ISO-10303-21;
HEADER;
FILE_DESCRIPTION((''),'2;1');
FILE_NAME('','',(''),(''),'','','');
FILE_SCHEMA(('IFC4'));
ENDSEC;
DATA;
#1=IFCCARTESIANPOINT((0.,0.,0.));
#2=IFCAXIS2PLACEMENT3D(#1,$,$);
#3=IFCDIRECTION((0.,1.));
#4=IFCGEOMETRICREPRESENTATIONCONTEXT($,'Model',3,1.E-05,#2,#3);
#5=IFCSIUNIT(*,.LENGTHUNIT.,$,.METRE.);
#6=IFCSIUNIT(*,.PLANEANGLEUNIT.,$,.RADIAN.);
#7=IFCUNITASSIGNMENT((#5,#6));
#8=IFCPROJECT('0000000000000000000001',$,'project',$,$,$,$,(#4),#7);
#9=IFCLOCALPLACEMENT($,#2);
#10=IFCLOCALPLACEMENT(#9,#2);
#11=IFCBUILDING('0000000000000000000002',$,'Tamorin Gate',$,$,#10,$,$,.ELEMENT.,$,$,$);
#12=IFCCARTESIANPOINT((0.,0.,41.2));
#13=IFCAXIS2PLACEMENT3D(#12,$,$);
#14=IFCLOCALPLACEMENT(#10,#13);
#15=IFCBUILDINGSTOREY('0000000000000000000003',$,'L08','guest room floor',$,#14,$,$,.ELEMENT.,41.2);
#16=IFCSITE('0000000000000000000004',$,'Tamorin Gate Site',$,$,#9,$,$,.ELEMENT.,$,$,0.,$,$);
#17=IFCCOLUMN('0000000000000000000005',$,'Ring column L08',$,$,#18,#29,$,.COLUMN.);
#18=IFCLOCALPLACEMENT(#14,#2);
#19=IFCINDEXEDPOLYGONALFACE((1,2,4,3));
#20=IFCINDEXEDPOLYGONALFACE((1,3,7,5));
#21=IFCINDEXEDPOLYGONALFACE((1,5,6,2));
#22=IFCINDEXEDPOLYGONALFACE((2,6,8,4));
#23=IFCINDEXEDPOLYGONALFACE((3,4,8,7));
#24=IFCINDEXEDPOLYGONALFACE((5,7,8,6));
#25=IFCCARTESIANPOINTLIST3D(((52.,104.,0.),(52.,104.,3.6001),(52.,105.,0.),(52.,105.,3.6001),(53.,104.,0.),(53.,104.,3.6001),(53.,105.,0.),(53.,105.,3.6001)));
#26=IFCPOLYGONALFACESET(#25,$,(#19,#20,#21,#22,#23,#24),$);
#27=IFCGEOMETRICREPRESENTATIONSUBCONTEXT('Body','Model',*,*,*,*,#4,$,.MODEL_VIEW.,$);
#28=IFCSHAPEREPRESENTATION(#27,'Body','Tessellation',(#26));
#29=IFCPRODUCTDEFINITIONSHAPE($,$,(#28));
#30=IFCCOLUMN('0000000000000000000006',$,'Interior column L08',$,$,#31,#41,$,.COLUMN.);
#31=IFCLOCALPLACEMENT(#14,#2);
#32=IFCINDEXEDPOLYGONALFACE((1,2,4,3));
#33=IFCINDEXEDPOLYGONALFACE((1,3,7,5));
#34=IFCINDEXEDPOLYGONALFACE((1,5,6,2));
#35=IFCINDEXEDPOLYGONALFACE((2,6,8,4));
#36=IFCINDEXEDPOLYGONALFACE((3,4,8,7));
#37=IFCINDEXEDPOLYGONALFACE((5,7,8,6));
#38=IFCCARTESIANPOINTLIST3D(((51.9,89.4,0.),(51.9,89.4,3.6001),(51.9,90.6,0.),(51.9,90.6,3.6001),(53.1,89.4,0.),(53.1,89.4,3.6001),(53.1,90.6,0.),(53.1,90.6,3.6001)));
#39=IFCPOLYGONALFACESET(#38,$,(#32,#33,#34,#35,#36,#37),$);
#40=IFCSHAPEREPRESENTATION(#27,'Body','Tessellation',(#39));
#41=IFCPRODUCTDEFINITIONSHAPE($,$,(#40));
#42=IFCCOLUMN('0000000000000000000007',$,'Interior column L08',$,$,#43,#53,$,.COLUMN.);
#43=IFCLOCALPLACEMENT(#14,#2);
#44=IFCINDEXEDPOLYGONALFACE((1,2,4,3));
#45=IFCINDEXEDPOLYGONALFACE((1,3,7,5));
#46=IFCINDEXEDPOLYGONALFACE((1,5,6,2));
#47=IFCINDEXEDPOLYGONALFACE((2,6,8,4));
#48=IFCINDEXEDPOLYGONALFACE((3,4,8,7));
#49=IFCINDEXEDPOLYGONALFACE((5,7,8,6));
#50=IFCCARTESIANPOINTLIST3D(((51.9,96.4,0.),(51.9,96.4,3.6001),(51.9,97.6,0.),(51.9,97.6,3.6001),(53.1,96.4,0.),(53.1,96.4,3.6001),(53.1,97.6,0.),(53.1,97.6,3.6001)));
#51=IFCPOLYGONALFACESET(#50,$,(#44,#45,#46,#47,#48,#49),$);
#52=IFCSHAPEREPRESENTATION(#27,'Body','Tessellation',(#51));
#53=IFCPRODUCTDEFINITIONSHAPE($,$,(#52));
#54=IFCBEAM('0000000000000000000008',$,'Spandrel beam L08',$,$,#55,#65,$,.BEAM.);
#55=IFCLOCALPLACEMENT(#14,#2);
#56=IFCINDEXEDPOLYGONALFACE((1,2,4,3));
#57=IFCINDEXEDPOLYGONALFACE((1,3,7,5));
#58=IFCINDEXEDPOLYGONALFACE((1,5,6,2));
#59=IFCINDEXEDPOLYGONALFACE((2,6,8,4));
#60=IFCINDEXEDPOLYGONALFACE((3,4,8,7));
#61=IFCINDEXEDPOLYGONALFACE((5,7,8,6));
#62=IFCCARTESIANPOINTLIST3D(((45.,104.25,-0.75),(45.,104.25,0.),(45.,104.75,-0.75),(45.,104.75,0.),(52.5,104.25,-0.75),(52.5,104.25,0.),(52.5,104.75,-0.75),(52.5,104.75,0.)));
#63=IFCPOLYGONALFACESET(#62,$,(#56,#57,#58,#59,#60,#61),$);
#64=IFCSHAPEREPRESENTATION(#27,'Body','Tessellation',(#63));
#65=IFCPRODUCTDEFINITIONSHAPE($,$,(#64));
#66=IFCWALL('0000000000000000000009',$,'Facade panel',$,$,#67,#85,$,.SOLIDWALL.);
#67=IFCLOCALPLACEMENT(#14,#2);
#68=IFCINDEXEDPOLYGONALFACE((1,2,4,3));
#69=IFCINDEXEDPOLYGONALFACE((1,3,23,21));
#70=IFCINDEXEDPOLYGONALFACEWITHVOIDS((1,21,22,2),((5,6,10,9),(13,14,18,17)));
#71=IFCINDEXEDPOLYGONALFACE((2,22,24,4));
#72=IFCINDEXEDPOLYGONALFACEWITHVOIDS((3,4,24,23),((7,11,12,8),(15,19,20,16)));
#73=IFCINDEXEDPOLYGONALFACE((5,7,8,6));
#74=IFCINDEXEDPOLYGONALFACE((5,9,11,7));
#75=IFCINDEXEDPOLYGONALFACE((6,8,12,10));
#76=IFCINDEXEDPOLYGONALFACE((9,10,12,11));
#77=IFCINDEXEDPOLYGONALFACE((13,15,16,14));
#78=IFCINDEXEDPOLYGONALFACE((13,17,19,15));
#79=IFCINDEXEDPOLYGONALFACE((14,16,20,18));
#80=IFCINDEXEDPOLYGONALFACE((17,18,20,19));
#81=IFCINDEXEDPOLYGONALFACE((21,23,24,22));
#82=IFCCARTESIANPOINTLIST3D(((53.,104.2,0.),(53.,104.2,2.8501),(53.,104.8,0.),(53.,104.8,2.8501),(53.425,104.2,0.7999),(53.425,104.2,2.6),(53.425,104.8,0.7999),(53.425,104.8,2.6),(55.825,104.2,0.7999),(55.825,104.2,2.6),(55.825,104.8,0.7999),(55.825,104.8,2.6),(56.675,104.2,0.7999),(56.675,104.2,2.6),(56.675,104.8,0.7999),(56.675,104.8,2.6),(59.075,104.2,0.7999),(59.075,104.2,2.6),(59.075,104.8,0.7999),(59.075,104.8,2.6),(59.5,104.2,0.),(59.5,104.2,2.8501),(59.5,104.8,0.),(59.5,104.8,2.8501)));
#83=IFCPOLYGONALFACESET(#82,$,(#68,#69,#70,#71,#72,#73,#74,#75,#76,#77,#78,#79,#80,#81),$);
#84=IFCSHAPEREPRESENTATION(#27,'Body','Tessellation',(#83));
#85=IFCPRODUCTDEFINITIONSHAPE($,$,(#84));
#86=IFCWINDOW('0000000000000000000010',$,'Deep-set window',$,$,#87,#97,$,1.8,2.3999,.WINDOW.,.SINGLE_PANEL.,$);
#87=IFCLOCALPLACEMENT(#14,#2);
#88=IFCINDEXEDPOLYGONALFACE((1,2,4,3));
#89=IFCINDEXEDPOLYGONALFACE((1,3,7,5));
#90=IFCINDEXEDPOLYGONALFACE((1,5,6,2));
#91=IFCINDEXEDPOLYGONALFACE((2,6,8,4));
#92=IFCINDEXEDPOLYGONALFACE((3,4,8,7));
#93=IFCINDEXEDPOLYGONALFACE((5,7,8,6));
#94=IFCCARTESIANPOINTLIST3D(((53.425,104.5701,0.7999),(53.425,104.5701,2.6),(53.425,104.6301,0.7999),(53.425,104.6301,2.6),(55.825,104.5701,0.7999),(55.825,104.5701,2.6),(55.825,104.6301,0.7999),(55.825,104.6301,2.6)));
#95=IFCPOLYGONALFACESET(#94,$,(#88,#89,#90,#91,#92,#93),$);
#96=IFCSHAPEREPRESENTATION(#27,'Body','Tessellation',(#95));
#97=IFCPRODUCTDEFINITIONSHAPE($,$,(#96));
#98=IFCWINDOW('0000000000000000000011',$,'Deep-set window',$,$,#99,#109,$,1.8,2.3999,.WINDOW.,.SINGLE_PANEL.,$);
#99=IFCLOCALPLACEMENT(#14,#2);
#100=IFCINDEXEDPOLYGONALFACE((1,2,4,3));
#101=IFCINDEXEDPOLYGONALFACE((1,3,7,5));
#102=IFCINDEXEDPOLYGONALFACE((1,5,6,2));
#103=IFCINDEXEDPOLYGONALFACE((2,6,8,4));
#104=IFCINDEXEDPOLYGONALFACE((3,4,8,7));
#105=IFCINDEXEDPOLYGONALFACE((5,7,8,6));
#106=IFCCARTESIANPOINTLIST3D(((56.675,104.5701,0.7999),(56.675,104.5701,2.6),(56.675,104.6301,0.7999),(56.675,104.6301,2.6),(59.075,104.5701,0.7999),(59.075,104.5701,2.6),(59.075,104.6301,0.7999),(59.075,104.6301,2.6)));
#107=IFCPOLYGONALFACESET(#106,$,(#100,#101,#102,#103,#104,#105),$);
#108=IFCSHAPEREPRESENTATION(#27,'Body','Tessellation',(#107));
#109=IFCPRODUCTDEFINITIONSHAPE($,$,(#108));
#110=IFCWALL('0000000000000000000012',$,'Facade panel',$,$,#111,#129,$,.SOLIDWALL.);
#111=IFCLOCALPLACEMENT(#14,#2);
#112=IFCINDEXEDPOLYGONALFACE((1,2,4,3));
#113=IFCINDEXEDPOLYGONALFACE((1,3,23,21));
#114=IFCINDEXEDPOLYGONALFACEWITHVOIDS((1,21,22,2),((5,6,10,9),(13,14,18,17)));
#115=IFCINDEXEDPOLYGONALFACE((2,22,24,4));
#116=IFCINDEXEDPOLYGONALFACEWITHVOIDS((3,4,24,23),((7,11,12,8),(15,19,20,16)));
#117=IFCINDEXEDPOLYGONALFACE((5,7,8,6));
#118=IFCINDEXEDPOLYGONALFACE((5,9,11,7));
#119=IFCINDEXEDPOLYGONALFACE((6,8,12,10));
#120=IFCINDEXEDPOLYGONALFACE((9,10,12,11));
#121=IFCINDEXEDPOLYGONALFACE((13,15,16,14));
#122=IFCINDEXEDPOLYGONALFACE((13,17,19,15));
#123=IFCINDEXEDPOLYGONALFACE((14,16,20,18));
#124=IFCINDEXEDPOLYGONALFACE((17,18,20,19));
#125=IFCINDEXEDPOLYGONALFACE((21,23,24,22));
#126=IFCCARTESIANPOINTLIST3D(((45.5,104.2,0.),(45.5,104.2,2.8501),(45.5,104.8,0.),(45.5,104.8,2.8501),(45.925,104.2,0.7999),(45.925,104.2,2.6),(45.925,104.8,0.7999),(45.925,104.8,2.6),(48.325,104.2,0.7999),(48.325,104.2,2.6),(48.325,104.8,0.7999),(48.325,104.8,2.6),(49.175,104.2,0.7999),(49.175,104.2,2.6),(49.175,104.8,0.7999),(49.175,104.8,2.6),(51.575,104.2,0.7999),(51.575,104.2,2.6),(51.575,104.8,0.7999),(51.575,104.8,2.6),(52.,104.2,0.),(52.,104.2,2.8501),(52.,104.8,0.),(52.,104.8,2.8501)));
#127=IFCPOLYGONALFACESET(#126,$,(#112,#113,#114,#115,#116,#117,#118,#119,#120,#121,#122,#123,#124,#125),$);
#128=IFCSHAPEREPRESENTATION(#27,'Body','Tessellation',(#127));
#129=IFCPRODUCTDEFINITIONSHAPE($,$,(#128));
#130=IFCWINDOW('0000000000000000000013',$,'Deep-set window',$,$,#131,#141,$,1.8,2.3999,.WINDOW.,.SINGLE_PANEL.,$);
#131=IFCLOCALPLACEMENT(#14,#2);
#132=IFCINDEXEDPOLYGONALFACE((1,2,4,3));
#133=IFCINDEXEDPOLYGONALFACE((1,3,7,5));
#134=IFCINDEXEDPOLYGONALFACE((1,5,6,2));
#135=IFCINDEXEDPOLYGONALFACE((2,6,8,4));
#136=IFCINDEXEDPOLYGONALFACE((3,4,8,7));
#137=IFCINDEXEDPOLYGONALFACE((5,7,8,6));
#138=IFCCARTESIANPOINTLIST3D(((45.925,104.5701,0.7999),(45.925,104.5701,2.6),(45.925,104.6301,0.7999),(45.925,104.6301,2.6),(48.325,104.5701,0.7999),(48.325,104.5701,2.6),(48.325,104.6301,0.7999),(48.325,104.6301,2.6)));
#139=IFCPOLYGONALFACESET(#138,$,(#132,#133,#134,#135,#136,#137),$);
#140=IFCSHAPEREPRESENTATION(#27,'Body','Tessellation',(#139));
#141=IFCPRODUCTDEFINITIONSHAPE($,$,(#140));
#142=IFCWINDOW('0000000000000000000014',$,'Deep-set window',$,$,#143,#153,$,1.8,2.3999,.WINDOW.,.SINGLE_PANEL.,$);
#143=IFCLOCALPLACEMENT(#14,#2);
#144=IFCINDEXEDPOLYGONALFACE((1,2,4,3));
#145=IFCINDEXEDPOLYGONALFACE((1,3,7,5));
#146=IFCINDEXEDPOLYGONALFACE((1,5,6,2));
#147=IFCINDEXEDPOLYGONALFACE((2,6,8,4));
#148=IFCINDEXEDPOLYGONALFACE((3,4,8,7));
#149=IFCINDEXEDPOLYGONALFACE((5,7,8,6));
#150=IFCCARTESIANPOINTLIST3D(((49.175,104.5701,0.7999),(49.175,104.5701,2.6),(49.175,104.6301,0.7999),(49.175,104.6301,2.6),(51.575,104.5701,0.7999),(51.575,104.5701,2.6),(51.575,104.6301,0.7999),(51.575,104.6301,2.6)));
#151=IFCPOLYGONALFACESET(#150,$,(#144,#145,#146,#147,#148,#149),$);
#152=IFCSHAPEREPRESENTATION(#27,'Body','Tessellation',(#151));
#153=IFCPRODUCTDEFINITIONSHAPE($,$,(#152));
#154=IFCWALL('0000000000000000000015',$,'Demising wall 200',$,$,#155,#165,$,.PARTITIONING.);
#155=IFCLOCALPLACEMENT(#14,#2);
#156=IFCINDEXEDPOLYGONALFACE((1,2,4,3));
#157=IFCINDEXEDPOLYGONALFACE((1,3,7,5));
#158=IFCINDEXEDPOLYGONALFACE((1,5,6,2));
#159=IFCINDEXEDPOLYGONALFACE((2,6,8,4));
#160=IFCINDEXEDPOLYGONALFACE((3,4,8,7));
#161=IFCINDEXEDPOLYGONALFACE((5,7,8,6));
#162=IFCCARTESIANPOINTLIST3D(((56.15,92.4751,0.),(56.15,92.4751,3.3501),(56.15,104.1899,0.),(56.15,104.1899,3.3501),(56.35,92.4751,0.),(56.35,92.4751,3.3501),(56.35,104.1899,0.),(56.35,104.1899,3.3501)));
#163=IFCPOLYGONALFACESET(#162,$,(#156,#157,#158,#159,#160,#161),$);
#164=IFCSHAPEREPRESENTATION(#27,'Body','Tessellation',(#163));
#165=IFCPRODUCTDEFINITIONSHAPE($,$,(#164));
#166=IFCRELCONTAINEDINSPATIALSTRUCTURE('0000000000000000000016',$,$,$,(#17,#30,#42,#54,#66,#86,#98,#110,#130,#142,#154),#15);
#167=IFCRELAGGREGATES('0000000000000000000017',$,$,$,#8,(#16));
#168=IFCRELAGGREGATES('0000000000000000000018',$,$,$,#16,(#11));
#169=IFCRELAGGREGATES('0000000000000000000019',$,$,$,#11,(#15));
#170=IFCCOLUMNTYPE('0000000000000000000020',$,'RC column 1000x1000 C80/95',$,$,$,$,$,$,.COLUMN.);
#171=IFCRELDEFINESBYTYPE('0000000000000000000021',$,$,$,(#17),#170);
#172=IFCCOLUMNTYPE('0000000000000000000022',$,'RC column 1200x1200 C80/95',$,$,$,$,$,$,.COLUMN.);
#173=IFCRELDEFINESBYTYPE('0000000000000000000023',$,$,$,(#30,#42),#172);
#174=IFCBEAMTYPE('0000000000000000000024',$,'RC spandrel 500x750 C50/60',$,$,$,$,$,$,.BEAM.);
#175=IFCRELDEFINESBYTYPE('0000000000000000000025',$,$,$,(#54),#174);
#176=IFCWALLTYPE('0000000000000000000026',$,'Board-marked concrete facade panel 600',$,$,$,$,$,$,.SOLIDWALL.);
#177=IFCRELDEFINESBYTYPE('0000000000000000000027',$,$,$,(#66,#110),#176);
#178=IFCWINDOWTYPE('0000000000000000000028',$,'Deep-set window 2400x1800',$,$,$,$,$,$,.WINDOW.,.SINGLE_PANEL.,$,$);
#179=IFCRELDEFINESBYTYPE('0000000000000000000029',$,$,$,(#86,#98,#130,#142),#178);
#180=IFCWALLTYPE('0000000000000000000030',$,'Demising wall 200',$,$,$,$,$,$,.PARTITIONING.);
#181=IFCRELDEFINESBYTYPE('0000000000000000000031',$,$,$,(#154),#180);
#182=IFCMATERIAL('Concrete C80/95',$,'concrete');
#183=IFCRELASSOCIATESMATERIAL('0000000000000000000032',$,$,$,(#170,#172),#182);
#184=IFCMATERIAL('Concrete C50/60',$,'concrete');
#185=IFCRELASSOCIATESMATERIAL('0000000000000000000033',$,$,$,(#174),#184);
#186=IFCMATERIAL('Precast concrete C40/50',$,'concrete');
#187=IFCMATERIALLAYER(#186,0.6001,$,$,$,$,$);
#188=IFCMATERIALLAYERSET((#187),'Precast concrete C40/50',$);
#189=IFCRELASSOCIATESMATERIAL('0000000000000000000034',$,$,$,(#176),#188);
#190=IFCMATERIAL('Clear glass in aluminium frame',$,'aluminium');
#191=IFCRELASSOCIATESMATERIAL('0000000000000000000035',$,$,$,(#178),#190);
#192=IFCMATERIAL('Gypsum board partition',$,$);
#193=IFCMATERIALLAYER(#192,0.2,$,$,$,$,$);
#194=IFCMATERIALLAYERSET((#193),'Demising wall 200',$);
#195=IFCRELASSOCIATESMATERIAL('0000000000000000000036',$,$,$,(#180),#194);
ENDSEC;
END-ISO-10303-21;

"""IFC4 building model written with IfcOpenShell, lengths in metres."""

from ifc_helpers import new_model, si_unit, direction, frame, frame_2d, origin, origin_2d, place, context, subcontext, project, spatial, rectangle, extrude, material, layer, layer_set, material_profile, profile_set, type_object, element, fill, save


model = new_model("IFC4")

# Units and contexts
model_context = context("Model", 3, precision=1e-05, world=origin(), true_north=direction((0.0, 1.0)))
body_context = subcontext(model_context, "Body", "Model", "MODEL_VIEW")
ifc_project = project(units=[si_unit("LENGTHUNIT", "METRE"), si_unit("PLANEANGLEUNIT", "RADIAN")], contexts=[model_context])

# Site, building, storey
site_placement = place(None, origin())
site = spatial("IfcSite", under=ifc_project, at=site_placement, Name="Tamorin Gate Site", CompositionType="ELEMENT", RefElevation=0.0)
building_placement = place(site_placement, origin())
building = spatial("IfcBuilding", under=site, at=building_placement, Name="Tamorin Gate", CompositionType="ELEMENT")
storey_placement = place(building_placement, frame((0.0, 0.0, 41.2)))
storey = spatial("IfcBuildingStorey", under=building, at=storey_placement, Name="L08", Description="guest room floor", CompositionType="ELEMENT", Elevation=41.2)

# Columns
ifc_material_1 = material(Name="Concrete C80/95", Category="concrete")
ifc_material_profile_1 = material_profile(ifc_material_1, rectangle(XDim=1.0, YDim=1.0, at=origin_2d()), Name="RC 1000x1000")
ifc_profile_set_1 = profile_set([ifc_material_profile_1], Name="Concrete C80/95")
column_type_1 = type_object("IfcColumnType", Name="RC column 1000x1000 C80/95", PredefinedType="COLUMN", material=ifc_profile_set_1)
column_placement = place(storey_placement, frame((52.5, 104.5, 0.0), z_axis=(0.0, 0.0, 1.0), x_axis=(1.0, 0.0, 0.0)))
element("IfcColumn", 1, at=column_placement, inside=storey, type_object=column_type_1, Name="Ring column L08", PredefinedType="COLUMN", context=body_context, shape_type="SweptSolid", body=[
    extrude(rectangle(XDim=1.0, YDim=1.0, at=origin_2d()), origin(), (0.0, 0.0, 1.0), 3.6001),
])
ifc_material_profile_2 = material_profile(ifc_material_1, rectangle(XDim=1.2, YDim=1.2, at=origin_2d()), Name="RC 1200x1200")
ifc_profile_set_2 = profile_set([ifc_material_profile_2], Name="Concrete C80/95")
column_type_2 = type_object("IfcColumnType", Name="RC column 1200x1200 C80/95", PredefinedType="COLUMN", material=ifc_profile_set_2)
for number, where, z_axis, x_axis, name in (
    (2, (52.5, 90.0, 0.0), (0.0, 0.0, 1.0), (1.0, 0.0, 0.0), "Interior column L08"),
    (3, (52.5, 97.0, 0.0), (0.0, 0.0, 1.0), (1.0, 0.0, 0.0), "Interior column L08"),
):
    element("IfcColumn", number, at=place(storey_placement, frame(where, z_axis=z_axis, x_axis=x_axis)), inside=storey, type_object=column_type_2, Name=name, PredefinedType="COLUMN", context=body_context, shape_type="SweptSolid", body=[
        extrude(rectangle(XDim=1.2, YDim=1.2, at=origin_2d()), origin(), (0.0, 0.0, 1.0), 3.6001),
    ])

# Beam
ifc_material_2 = material(Name="Concrete C50/60", Category="concrete")
ifc_material_profile_3 = material_profile(ifc_material_2, rectangle(XDim=0.5, YDim=0.75, at=origin_2d()), Name="RC 500x750")
ifc_profile_set_3 = profile_set([ifc_material_profile_3], Name="Concrete C50/60")
beam_type = type_object("IfcBeamType", Name="RC spandrel 500x750 C50/60", PredefinedType="BEAM", material=ifc_profile_set_3)
beam_placement = place(storey_placement, frame((52.5, 104.5, -0.375), z_axis=(-1.0, 0.0, 0.0), x_axis=(0.0, -1.0, 0.0)))
element("IfcBeam", 4, at=beam_placement, inside=storey, type_object=beam_type, Name="Spandrel beam L08", PredefinedType="BEAM", context=body_context, shape_type="SweptSolid", body=[
    extrude(rectangle(XDim=0.5, YDim=0.75, at=origin_2d()), origin(), (0.0, 0.0, 1.0), 7.5),
])

# Walls, openings, windows
ifc_material_3 = material(Name="Precast concrete C40/50", Category="concrete")
ifc_layer_1 = layer(ifc_material_3, 0.6001)
ifc_layer_set_1 = layer_set([ifc_layer_1], Name="Precast concrete C40/50")
wall_type_1 = type_object("IfcWallType", Name="Board-marked concrete facade panel 600", PredefinedType="SOLIDWALL", material=ifc_layer_set_1)
wall_1_placement = place(storey_placement, frame((59.5, 104.5, 0.0), z_axis=(0.0, 0.0, 1.0), x_axis=(-1.0, 0.0, 0.0)))
wall_1 = element("IfcWall", 5, at=wall_1_placement, inside=storey, type_object=wall_type_1, Name="Facade panel", PredefinedType="SOLIDWALL", context=body_context, shape_type="SweptSolid", body=[
    extrude(rectangle(XDim=6.5, YDim=0.6001, at=frame_2d((3.25, 0.0))), origin(), (0.0, 0.0, 1.0), 2.8501),
])
opening_1_placement = place(wall_1_placement, frame((3.675, 0.0, 0.8)))
opening_1 = element("IfcOpeningElement", 6, at=opening_1_placement, cuts=wall_1, PredefinedType="OPENING", context=body_context, shape_type="SweptSolid", body=[
    extrude(rectangle(XDim=2.3999, YDim=1.8, at=frame_2d((1.2, 0.8999))), frame((0.0, 0.3101, 0.0), z_axis=(0.0, -1.0, 0.0), x_axis=(1.0, 0.0, 0.0)), (0.0, 0.0, 1.0), 0.6201),
])
opening_2_placement = place(wall_1_placement, frame((0.425, 0.0, 0.8)))
opening_2 = element("IfcOpeningElement", 7, at=opening_2_placement, cuts=wall_1, PredefinedType="OPENING", context=body_context, shape_type="SweptSolid", body=[
    extrude(rectangle(XDim=2.3999, YDim=1.8, at=frame_2d((1.2, 0.8999))), frame((0.0, 0.3101, 0.0), z_axis=(0.0, -1.0, 0.0), x_axis=(1.0, 0.0, 0.0)), (0.0, 0.0, 1.0), 0.6201),
])
ifc_material_4 = material(Name="Clear glass in aluminium frame", Category="aluminium")
window_type = type_object("IfcWindowType", Name="Deep-set window 2400x1800", PartitioningType="SINGLE_PANEL", PredefinedType="WINDOW", material=ifc_material_4)
window_1_placement = place(opening_1_placement, origin())
window_1 = element("IfcWindow", 8, at=window_1_placement, inside=storey, type_object=window_type, Name="Deep-set window", OverallHeight=1.8, OverallWidth=2.3999, PartitioningType="SINGLE_PANEL", PredefinedType="WINDOW", context=body_context, shape_type="SweptSolid", body=[
    extrude(rectangle(XDim=2.3999, YDim=1.8, at=frame_2d((1.2, 0.8999))), frame((0.0, -0.0701, 0.0), z_axis=(0.0, -1.0, 0.0), x_axis=(1.0, 0.0, 0.0)), (0.0, 0.0, 1.0), 0.0601),
])
fill(opening_1, window_1)
window_2_placement = place(opening_2_placement, origin())
window_2 = element("IfcWindow", 9, at=window_2_placement, inside=storey, type_object=window_type, Name="Deep-set window", OverallHeight=1.8, OverallWidth=2.3999, PartitioningType="SINGLE_PANEL", PredefinedType="WINDOW", context=body_context, shape_type="SweptSolid", body=[
    extrude(rectangle(XDim=2.3999, YDim=1.8, at=frame_2d((1.2, 0.8999))), frame((0.0, -0.0701, 0.0), z_axis=(0.0, -1.0, 0.0), x_axis=(1.0, 0.0, 0.0)), (0.0, 0.0, 1.0), 0.0601),
])
fill(opening_2, window_2)
wall_2_placement = place(storey_placement, frame((52.0, 104.5, 0.0), z_axis=(0.0, 0.0, 1.0), x_axis=(-1.0, 0.0, 0.0)))
wall_2 = element("IfcWall", 10, at=wall_2_placement, inside=storey, type_object=wall_type_1, Name="Facade panel", PredefinedType="SOLIDWALL", context=body_context, shape_type="SweptSolid", body=[
    extrude(rectangle(XDim=6.5, YDim=0.6001, at=frame_2d((3.25, 0.0))), origin(), (0.0, 0.0, 1.0), 2.8501),
])
opening_3_placement = place(wall_2_placement, frame((3.675, 0.0, 0.8)))
opening_3 = element("IfcOpeningElement", 11, at=opening_3_placement, cuts=wall_2, PredefinedType="OPENING", context=body_context, shape_type="SweptSolid", body=[
    extrude(rectangle(XDim=2.3999, YDim=1.8, at=frame_2d((1.2, 0.8999))), frame((0.0, 0.3101, 0.0), z_axis=(0.0, -1.0, 0.0), x_axis=(1.0, 0.0, 0.0)), (0.0, 0.0, 1.0), 0.6201),
])
opening_4_placement = place(wall_2_placement, frame((0.425, 0.0, 0.8)))
opening_4 = element("IfcOpeningElement", 12, at=opening_4_placement, cuts=wall_2, PredefinedType="OPENING", context=body_context, shape_type="SweptSolid", body=[
    extrude(rectangle(XDim=2.3999, YDim=1.8, at=frame_2d((1.2, 0.8999))), frame((0.0, 0.3101, 0.0), z_axis=(0.0, -1.0, 0.0), x_axis=(1.0, 0.0, 0.0)), (0.0, 0.0, 1.0), 0.6201),
])
window_3_placement = place(opening_3_placement, origin())
window_3 = element("IfcWindow", 13, at=window_3_placement, inside=storey, type_object=window_type, Name="Deep-set window", OverallHeight=1.8, OverallWidth=2.3999, PartitioningType="SINGLE_PANEL", PredefinedType="WINDOW", context=body_context, shape_type="SweptSolid", body=[
    extrude(rectangle(XDim=2.3999, YDim=1.8, at=frame_2d((1.2, 0.8999))), frame((0.0, -0.0701, 0.0), z_axis=(0.0, -1.0, 0.0), x_axis=(1.0, 0.0, 0.0)), (0.0, 0.0, 1.0), 0.0601),
])
fill(opening_3, window_3)
window_4_placement = place(opening_4_placement, origin())
window_4 = element("IfcWindow", 14, at=window_4_placement, inside=storey, type_object=window_type, Name="Deep-set window", OverallHeight=1.8, OverallWidth=2.3999, PartitioningType="SINGLE_PANEL", PredefinedType="WINDOW", context=body_context, shape_type="SweptSolid", body=[
    extrude(rectangle(XDim=2.3999, YDim=1.8, at=frame_2d((1.2, 0.8999))), frame((0.0, -0.0701, 0.0), z_axis=(0.0, -1.0, 0.0), x_axis=(1.0, 0.0, 0.0)), (0.0, 0.0, 1.0), 0.0601),
])
fill(opening_4, window_4)

# Wall
ifc_material_5 = material(Name="Gypsum board partition")
ifc_layer_2 = layer(ifc_material_5, 0.2)
ifc_layer_set_2 = layer_set([ifc_layer_2], Name="Demising wall 200")
wall_type_2 = type_object("IfcWallType", Name="Demising wall 200", PredefinedType="PARTITIONING", material=ifc_layer_set_2)
wall_3_placement = place(storey_placement, frame((56.25, 92.4751, 0.0), z_axis=(0.0, 0.0, 1.0), x_axis=(0.0, 1.0, 0.0)))
element("IfcWall", 15, at=wall_3_placement, inside=storey, type_object=wall_type_2, Name="Demising wall 200", PredefinedType="PARTITIONING", context=body_context, shape_type="SweptSolid", body=[
    extrude(rectangle(XDim=11.7148, YDim=0.2, at=frame_2d((5.8574, 0.0))), origin(), (0.0, 0.0, 1.0), 3.3501),
])

save(model, "model.ifc")
